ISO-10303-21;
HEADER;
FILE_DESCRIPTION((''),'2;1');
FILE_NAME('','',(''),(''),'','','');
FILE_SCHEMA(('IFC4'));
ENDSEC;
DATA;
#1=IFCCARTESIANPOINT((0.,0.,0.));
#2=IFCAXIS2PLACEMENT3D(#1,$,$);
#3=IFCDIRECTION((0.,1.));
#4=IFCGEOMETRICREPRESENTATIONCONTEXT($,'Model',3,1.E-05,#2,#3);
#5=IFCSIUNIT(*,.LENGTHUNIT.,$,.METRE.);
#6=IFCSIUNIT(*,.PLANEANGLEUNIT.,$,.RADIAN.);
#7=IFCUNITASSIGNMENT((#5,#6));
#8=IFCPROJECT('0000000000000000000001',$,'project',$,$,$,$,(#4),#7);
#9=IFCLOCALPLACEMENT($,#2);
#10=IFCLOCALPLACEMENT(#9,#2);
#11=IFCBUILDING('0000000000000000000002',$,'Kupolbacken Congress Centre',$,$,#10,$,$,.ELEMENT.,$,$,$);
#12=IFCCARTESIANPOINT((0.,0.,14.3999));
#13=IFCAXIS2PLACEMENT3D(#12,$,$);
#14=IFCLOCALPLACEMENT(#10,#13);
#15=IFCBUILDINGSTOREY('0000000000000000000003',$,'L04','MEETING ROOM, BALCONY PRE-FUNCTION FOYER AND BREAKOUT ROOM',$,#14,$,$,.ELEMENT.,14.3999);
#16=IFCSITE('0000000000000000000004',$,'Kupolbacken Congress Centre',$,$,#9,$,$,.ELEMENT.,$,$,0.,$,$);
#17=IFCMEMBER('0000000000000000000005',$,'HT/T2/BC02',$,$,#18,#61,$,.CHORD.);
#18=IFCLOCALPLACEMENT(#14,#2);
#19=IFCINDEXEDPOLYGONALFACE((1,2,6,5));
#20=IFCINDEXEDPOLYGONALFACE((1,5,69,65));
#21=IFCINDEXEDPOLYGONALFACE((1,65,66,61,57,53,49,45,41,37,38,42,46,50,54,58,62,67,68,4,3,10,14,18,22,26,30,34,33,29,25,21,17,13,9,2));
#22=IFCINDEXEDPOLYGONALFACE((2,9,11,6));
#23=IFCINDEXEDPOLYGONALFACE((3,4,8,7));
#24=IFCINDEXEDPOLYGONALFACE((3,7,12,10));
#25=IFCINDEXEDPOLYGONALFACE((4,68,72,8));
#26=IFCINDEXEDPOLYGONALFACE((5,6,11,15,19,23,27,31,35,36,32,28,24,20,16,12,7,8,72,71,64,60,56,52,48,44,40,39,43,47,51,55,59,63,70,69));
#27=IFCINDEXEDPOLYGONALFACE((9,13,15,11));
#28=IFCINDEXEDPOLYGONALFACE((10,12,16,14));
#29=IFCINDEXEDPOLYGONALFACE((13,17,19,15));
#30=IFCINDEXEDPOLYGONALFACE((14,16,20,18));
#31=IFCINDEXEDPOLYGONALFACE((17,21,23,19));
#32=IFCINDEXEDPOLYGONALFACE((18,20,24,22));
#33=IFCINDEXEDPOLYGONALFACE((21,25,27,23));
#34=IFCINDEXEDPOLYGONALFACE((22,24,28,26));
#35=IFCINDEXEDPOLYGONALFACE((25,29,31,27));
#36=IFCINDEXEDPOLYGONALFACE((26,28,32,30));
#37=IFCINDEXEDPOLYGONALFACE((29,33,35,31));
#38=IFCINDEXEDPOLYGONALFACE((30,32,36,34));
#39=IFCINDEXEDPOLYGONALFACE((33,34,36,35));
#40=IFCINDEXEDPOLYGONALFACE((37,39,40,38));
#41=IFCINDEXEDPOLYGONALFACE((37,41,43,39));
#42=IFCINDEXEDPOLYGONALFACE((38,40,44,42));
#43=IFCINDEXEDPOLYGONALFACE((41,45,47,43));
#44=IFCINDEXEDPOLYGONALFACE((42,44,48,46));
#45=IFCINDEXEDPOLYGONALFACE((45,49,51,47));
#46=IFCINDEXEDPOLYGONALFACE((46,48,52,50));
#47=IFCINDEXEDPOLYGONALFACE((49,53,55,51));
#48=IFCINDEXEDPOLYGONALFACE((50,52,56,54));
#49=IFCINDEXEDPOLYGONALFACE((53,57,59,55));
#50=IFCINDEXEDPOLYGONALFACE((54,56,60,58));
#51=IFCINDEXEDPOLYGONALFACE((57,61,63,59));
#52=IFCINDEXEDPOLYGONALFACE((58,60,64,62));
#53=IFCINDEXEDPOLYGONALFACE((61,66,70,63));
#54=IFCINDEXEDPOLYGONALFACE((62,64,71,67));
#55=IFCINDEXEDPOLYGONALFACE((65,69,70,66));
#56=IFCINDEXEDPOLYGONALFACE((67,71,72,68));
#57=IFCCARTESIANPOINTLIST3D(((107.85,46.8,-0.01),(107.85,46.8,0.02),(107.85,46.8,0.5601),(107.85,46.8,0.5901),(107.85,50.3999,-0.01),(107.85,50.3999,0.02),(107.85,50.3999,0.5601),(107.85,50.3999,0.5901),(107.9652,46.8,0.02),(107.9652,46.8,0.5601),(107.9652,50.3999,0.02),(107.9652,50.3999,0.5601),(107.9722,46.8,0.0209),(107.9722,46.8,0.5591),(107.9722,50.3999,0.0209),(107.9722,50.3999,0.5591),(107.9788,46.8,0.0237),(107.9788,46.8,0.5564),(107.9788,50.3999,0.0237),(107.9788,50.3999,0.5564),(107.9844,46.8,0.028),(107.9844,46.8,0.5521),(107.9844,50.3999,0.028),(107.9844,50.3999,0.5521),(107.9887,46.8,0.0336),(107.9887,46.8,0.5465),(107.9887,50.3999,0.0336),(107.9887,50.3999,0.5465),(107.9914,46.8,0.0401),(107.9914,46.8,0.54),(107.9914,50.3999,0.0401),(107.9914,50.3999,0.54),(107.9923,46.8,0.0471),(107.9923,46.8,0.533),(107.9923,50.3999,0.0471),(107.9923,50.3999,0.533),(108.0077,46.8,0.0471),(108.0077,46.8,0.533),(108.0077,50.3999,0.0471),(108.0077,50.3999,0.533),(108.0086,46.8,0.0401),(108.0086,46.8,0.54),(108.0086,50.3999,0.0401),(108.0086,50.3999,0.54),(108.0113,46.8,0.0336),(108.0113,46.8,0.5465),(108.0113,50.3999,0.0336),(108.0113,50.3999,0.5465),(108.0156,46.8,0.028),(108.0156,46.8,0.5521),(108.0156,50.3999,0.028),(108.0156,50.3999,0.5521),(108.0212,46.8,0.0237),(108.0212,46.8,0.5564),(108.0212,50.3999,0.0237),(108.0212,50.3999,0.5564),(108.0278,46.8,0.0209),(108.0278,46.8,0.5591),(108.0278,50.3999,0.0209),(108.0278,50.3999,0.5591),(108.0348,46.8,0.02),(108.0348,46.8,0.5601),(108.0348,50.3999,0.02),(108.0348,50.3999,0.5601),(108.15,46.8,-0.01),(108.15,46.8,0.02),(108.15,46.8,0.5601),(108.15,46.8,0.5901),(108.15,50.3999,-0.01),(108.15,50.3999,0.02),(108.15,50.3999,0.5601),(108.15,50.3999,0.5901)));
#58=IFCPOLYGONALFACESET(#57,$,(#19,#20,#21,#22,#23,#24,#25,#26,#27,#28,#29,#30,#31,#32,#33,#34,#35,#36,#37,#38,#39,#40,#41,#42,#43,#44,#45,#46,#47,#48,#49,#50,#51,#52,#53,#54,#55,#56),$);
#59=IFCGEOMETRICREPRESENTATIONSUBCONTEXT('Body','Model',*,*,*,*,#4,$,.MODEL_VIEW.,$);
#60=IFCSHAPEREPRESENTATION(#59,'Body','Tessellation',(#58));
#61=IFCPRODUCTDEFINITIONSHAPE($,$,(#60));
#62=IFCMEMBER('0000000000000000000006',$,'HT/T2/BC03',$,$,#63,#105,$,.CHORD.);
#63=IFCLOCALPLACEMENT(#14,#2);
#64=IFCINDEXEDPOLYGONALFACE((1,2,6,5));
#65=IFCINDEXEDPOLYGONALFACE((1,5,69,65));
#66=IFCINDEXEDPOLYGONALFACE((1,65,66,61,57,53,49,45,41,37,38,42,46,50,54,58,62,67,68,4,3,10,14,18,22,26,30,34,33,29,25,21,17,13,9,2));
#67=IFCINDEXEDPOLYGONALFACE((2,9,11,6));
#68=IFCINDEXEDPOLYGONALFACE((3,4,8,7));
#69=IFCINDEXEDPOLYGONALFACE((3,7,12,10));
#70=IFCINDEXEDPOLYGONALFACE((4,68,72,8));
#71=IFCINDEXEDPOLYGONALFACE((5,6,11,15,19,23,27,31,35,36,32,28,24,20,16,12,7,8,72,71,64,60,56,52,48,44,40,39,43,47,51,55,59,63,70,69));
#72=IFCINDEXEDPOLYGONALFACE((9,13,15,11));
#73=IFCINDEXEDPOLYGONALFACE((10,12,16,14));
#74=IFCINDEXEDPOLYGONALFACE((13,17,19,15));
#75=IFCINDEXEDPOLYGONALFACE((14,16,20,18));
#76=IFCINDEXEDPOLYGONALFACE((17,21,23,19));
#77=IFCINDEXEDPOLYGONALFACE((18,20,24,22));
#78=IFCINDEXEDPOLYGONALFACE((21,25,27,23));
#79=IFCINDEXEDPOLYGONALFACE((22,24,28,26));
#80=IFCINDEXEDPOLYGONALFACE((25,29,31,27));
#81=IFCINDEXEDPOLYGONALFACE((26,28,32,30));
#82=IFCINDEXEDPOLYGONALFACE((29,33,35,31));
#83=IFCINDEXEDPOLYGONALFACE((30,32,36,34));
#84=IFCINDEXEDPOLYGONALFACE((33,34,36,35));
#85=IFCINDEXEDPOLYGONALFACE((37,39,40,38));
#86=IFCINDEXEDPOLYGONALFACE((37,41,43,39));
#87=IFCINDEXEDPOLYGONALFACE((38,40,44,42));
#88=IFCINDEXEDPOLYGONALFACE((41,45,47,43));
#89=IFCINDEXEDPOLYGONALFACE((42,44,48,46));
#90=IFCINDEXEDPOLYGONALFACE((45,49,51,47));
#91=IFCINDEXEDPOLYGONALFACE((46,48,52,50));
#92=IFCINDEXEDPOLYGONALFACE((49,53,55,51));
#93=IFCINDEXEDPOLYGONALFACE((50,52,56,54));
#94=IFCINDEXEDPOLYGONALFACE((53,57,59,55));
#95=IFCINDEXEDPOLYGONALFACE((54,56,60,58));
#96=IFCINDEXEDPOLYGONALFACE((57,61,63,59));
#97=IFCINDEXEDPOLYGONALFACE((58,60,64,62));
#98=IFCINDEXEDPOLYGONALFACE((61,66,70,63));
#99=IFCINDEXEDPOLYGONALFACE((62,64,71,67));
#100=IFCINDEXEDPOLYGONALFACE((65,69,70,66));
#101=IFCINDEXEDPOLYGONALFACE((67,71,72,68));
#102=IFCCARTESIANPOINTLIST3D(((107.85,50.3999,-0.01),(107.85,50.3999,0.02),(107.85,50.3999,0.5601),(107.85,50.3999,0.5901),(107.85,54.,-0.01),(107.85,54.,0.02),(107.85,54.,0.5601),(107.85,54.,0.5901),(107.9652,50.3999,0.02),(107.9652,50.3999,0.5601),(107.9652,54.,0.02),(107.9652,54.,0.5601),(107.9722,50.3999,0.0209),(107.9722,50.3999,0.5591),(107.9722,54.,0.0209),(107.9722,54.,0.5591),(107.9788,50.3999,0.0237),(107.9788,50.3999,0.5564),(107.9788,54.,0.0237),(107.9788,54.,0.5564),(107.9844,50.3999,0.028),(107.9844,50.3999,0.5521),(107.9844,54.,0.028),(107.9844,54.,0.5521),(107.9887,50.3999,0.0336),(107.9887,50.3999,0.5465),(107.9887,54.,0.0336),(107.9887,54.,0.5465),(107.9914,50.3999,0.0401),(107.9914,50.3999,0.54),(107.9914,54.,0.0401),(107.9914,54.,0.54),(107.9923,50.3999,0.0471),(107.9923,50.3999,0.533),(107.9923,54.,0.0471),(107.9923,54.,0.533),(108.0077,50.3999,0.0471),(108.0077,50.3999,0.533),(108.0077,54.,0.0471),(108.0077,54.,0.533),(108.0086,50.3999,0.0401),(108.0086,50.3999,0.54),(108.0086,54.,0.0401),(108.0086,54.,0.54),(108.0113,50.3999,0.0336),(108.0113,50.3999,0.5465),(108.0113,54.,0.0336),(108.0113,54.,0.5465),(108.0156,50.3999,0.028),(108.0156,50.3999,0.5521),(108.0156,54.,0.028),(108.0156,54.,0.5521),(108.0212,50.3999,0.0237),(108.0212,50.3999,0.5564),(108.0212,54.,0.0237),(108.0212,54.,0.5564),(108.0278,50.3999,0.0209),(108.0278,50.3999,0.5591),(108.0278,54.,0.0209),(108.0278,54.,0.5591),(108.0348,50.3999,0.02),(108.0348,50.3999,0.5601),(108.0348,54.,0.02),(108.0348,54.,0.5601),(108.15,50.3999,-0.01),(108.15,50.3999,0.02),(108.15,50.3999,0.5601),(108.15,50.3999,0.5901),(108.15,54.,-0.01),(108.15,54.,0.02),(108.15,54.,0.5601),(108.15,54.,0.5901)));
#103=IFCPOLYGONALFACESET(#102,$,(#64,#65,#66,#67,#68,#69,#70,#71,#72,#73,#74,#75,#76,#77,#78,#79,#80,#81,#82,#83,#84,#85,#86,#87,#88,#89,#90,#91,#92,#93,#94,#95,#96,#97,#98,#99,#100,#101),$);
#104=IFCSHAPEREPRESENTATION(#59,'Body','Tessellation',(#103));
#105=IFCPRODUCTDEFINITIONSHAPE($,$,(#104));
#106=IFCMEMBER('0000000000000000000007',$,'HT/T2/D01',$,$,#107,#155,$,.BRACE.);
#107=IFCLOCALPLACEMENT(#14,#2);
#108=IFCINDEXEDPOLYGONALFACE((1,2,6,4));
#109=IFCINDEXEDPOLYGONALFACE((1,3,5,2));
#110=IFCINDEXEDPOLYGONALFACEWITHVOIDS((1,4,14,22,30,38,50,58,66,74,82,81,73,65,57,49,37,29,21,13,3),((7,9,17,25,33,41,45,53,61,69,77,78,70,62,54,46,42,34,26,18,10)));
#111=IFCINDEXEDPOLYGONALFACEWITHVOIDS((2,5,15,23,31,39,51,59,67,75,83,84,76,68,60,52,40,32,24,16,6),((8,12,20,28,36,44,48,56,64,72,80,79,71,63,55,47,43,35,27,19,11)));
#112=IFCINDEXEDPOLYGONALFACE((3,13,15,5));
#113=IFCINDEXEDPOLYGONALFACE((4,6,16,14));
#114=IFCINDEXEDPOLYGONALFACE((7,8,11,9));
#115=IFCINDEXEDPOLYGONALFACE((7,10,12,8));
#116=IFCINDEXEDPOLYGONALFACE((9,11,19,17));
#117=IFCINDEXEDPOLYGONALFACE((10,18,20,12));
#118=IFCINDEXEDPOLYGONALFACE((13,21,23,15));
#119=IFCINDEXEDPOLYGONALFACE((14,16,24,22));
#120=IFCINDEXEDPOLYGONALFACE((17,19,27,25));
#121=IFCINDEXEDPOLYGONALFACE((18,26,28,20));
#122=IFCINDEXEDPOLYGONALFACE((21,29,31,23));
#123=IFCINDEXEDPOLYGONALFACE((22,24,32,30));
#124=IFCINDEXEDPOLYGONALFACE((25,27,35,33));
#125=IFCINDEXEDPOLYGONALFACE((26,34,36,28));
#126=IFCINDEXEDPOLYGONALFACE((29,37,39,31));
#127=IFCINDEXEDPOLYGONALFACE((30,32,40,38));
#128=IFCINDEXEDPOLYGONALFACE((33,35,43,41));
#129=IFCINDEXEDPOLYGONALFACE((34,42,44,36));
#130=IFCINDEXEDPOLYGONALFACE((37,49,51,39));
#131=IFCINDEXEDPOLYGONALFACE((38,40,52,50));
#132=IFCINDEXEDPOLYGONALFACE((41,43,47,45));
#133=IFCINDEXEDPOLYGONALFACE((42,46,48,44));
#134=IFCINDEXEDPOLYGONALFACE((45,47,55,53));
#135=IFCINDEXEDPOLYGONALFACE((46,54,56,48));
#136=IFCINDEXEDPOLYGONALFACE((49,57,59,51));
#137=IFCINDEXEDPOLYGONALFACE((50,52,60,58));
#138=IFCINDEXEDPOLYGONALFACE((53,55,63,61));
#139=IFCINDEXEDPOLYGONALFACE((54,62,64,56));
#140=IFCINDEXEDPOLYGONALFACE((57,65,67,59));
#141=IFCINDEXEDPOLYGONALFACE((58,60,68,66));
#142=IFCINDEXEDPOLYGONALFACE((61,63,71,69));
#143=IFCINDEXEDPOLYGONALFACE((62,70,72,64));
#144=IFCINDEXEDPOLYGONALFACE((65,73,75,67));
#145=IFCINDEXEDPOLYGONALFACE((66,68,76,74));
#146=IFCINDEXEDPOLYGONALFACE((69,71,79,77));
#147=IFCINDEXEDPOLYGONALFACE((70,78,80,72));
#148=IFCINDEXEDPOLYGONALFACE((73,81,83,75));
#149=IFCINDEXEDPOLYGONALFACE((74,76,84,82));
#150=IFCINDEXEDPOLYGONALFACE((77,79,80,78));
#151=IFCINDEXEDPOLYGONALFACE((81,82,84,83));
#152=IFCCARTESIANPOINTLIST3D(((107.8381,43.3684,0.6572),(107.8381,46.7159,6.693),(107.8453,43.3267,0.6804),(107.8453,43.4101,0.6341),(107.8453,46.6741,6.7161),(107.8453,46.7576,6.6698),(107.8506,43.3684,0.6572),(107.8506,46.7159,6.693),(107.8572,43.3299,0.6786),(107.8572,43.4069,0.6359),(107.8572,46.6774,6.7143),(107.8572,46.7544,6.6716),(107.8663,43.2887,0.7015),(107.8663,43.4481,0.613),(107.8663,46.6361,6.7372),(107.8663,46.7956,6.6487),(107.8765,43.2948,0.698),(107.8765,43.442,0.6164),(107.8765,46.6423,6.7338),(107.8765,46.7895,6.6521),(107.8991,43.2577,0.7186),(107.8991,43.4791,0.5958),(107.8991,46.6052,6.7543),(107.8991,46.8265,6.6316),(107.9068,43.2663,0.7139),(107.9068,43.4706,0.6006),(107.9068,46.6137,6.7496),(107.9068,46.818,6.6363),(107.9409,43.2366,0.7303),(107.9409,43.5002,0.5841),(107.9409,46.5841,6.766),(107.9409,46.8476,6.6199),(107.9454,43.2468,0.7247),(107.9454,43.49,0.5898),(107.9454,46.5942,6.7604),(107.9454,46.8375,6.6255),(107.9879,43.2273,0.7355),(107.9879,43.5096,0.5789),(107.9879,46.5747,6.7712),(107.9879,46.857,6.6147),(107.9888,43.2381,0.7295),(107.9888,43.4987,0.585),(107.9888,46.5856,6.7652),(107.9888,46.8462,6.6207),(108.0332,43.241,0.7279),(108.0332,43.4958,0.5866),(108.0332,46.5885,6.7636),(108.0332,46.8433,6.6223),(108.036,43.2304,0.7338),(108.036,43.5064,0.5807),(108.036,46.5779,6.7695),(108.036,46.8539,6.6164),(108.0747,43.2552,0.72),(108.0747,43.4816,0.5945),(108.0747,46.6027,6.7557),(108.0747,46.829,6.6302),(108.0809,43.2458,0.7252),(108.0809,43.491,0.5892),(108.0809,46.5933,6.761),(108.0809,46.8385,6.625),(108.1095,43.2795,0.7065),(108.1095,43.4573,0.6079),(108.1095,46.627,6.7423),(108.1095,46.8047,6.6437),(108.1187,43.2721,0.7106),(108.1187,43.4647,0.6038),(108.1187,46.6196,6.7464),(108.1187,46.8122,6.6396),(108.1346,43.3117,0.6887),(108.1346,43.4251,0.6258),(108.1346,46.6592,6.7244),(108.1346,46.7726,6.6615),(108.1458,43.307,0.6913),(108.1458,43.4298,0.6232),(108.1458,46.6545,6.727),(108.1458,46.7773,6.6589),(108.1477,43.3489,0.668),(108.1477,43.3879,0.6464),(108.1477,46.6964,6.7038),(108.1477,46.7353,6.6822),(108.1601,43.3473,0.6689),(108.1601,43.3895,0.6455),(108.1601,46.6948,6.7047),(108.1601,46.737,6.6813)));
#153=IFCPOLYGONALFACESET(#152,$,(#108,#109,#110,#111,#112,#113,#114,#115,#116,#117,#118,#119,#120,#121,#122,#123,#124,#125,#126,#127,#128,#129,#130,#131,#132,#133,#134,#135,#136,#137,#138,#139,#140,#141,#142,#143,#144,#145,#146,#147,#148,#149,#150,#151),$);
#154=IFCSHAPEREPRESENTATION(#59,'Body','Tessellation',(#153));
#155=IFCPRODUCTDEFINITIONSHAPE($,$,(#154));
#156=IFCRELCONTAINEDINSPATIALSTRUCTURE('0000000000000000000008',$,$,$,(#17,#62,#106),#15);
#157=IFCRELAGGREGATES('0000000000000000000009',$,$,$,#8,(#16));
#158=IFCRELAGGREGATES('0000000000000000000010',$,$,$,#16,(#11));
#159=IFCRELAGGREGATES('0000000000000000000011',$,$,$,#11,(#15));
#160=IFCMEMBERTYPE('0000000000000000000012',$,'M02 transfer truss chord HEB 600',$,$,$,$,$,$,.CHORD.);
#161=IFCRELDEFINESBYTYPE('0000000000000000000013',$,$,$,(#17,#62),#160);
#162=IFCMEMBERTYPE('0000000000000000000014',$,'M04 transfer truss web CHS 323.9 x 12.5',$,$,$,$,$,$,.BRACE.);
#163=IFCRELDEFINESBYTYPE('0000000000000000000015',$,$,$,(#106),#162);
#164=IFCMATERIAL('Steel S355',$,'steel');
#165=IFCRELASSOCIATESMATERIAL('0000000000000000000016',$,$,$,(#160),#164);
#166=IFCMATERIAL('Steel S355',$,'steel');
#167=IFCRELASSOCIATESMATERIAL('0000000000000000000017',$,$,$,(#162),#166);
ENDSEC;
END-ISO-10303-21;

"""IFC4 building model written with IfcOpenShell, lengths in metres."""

from ifc_helpers import new_model, si_unit, direction, frame, origin, origin_2d, place, context, subcontext, project, spatial, hollow_circle, i_section, extrude, material, material_profile, profile_set, type_object, element, save


model = new_model("IFC4")

# Units and contexts
model_context = context("Model", 3, precision=1e-05, world=origin(), true_north=direction((0.0, 1.0)))
body_context = subcontext(model_context, "Body", "Model", "MODEL_VIEW")
ifc_project = project(units=[si_unit("LENGTHUNIT", "METRE"), si_unit("PLANEANGLEUNIT", "RADIAN")], contexts=[model_context])

# Site, building, storey
site_placement = place(None, origin())
site = spatial("IfcSite", under=ifc_project, at=site_placement, Name="Kupolbacken Congress Centre", CompositionType="ELEMENT", RefElevation=0.0)
building_placement = place(site_placement, origin())
building = spatial("IfcBuilding", under=site, at=building_placement, Name="Kupolbacken Congress Centre", CompositionType="ELEMENT")
storey_placement = place(building_placement, frame((0.0, 0.0, 14.3999)))
storey = spatial("IfcBuildingStorey", under=building, at=storey_placement, Name="L04", Description="MEETING ROOM, BALCONY PRE-FUNCTION FOYER AND BREAKOUT ROOM", CompositionType="ELEMENT", Elevation=14.3999)

# Members
ifc_material_1 = material(Name="Steel S355", Category="steel")
ifc_material_profile_1 = material_profile(ifc_material_1, i_section(OverallWidth=0.3, OverallDepth=0.6001, WebThickness=0.0154, FlangeThickness=0.03, FilletRadius=0.0271, at=origin_2d()), Name="HEB 600")
ifc_profile_set_1 = profile_set([ifc_material_profile_1], Name="Steel S355")
member_type_1 = type_object("IfcMemberType", Name="M02 transfer truss chord HEB 600", PredefinedType="CHORD", material=ifc_profile_set_1)
member_1_placement = place(storey_placement, frame((108.0, 46.8, 0.29), z_axis=(0.0, 1.0, 0.0), x_axis=(-1.0, 0.0, 0.0)))
element("IfcMember", 1, at=member_1_placement, inside=storey, type_object=member_type_1, Name="HT/T2/BC02", PredefinedType="CHORD", context=body_context, shape_type="SweptSolid", body=[
    extrude(i_section(OverallWidth=0.3, OverallDepth=0.6001, WebThickness=0.0154, FlangeThickness=0.03, FilletRadius=0.0271, at=origin_2d()), origin(), (0.0, 0.0, 1.0), 3.5999),
])
member_2_placement = place(storey_placement, frame((108.0, 50.3999, 0.29), z_axis=(0.0, 1.0, 0.0), x_axis=(-1.0, 0.0, 0.0)))
element("IfcMember", 2, at=member_2_placement, inside=storey, type_object=member_type_1, Name="HT/T2/BC03", PredefinedType="CHORD", context=body_context, shape_type="SweptSolid", body=[
    extrude(i_section(OverallWidth=0.3, OverallDepth=0.6001, WebThickness=0.0154, FlangeThickness=0.03, FilletRadius=0.0271, at=origin_2d()), origin(), (0.0, 0.0, 1.0), 3.6001),
])
ifc_material_2 = material(Name="Steel S355", Category="steel")
ifc_material_profile_2 = material_profile(ifc_material_2, hollow_circle(Radius=0.1619, WallThickness=0.0125, at=origin_2d()), Name="CHS 323.9 x 12.5")
ifc_profile_set_2 = profile_set([ifc_material_profile_2], Name="Steel S355")
member_type_2 = type_object("IfcMemberType", Name="M04 transfer truss web CHS 323.9 x 12.5", PredefinedType="BRACE", material=ifc_profile_set_2)
member_3_placement = place(storey_placement, frame((108.0, 43.3684, 0.6572), z_axis=(0.0, 0.485009, 0.874509), x_axis=(-1.0, 0.0, 0.0)))
element("IfcMember", 3, at=member_3_placement, inside=storey, type_object=member_type_2, Name="HT/T2/D01", PredefinedType="BRACE", context=body_context, shape_type="SweptSolid", body=[
    extrude(hollow_circle(Radius=0.1619, WallThickness=0.0125, at=origin_2d()), origin(), (0.0, 0.0, 1.0), 6.9019),
])

save(model, "model.ifc")
